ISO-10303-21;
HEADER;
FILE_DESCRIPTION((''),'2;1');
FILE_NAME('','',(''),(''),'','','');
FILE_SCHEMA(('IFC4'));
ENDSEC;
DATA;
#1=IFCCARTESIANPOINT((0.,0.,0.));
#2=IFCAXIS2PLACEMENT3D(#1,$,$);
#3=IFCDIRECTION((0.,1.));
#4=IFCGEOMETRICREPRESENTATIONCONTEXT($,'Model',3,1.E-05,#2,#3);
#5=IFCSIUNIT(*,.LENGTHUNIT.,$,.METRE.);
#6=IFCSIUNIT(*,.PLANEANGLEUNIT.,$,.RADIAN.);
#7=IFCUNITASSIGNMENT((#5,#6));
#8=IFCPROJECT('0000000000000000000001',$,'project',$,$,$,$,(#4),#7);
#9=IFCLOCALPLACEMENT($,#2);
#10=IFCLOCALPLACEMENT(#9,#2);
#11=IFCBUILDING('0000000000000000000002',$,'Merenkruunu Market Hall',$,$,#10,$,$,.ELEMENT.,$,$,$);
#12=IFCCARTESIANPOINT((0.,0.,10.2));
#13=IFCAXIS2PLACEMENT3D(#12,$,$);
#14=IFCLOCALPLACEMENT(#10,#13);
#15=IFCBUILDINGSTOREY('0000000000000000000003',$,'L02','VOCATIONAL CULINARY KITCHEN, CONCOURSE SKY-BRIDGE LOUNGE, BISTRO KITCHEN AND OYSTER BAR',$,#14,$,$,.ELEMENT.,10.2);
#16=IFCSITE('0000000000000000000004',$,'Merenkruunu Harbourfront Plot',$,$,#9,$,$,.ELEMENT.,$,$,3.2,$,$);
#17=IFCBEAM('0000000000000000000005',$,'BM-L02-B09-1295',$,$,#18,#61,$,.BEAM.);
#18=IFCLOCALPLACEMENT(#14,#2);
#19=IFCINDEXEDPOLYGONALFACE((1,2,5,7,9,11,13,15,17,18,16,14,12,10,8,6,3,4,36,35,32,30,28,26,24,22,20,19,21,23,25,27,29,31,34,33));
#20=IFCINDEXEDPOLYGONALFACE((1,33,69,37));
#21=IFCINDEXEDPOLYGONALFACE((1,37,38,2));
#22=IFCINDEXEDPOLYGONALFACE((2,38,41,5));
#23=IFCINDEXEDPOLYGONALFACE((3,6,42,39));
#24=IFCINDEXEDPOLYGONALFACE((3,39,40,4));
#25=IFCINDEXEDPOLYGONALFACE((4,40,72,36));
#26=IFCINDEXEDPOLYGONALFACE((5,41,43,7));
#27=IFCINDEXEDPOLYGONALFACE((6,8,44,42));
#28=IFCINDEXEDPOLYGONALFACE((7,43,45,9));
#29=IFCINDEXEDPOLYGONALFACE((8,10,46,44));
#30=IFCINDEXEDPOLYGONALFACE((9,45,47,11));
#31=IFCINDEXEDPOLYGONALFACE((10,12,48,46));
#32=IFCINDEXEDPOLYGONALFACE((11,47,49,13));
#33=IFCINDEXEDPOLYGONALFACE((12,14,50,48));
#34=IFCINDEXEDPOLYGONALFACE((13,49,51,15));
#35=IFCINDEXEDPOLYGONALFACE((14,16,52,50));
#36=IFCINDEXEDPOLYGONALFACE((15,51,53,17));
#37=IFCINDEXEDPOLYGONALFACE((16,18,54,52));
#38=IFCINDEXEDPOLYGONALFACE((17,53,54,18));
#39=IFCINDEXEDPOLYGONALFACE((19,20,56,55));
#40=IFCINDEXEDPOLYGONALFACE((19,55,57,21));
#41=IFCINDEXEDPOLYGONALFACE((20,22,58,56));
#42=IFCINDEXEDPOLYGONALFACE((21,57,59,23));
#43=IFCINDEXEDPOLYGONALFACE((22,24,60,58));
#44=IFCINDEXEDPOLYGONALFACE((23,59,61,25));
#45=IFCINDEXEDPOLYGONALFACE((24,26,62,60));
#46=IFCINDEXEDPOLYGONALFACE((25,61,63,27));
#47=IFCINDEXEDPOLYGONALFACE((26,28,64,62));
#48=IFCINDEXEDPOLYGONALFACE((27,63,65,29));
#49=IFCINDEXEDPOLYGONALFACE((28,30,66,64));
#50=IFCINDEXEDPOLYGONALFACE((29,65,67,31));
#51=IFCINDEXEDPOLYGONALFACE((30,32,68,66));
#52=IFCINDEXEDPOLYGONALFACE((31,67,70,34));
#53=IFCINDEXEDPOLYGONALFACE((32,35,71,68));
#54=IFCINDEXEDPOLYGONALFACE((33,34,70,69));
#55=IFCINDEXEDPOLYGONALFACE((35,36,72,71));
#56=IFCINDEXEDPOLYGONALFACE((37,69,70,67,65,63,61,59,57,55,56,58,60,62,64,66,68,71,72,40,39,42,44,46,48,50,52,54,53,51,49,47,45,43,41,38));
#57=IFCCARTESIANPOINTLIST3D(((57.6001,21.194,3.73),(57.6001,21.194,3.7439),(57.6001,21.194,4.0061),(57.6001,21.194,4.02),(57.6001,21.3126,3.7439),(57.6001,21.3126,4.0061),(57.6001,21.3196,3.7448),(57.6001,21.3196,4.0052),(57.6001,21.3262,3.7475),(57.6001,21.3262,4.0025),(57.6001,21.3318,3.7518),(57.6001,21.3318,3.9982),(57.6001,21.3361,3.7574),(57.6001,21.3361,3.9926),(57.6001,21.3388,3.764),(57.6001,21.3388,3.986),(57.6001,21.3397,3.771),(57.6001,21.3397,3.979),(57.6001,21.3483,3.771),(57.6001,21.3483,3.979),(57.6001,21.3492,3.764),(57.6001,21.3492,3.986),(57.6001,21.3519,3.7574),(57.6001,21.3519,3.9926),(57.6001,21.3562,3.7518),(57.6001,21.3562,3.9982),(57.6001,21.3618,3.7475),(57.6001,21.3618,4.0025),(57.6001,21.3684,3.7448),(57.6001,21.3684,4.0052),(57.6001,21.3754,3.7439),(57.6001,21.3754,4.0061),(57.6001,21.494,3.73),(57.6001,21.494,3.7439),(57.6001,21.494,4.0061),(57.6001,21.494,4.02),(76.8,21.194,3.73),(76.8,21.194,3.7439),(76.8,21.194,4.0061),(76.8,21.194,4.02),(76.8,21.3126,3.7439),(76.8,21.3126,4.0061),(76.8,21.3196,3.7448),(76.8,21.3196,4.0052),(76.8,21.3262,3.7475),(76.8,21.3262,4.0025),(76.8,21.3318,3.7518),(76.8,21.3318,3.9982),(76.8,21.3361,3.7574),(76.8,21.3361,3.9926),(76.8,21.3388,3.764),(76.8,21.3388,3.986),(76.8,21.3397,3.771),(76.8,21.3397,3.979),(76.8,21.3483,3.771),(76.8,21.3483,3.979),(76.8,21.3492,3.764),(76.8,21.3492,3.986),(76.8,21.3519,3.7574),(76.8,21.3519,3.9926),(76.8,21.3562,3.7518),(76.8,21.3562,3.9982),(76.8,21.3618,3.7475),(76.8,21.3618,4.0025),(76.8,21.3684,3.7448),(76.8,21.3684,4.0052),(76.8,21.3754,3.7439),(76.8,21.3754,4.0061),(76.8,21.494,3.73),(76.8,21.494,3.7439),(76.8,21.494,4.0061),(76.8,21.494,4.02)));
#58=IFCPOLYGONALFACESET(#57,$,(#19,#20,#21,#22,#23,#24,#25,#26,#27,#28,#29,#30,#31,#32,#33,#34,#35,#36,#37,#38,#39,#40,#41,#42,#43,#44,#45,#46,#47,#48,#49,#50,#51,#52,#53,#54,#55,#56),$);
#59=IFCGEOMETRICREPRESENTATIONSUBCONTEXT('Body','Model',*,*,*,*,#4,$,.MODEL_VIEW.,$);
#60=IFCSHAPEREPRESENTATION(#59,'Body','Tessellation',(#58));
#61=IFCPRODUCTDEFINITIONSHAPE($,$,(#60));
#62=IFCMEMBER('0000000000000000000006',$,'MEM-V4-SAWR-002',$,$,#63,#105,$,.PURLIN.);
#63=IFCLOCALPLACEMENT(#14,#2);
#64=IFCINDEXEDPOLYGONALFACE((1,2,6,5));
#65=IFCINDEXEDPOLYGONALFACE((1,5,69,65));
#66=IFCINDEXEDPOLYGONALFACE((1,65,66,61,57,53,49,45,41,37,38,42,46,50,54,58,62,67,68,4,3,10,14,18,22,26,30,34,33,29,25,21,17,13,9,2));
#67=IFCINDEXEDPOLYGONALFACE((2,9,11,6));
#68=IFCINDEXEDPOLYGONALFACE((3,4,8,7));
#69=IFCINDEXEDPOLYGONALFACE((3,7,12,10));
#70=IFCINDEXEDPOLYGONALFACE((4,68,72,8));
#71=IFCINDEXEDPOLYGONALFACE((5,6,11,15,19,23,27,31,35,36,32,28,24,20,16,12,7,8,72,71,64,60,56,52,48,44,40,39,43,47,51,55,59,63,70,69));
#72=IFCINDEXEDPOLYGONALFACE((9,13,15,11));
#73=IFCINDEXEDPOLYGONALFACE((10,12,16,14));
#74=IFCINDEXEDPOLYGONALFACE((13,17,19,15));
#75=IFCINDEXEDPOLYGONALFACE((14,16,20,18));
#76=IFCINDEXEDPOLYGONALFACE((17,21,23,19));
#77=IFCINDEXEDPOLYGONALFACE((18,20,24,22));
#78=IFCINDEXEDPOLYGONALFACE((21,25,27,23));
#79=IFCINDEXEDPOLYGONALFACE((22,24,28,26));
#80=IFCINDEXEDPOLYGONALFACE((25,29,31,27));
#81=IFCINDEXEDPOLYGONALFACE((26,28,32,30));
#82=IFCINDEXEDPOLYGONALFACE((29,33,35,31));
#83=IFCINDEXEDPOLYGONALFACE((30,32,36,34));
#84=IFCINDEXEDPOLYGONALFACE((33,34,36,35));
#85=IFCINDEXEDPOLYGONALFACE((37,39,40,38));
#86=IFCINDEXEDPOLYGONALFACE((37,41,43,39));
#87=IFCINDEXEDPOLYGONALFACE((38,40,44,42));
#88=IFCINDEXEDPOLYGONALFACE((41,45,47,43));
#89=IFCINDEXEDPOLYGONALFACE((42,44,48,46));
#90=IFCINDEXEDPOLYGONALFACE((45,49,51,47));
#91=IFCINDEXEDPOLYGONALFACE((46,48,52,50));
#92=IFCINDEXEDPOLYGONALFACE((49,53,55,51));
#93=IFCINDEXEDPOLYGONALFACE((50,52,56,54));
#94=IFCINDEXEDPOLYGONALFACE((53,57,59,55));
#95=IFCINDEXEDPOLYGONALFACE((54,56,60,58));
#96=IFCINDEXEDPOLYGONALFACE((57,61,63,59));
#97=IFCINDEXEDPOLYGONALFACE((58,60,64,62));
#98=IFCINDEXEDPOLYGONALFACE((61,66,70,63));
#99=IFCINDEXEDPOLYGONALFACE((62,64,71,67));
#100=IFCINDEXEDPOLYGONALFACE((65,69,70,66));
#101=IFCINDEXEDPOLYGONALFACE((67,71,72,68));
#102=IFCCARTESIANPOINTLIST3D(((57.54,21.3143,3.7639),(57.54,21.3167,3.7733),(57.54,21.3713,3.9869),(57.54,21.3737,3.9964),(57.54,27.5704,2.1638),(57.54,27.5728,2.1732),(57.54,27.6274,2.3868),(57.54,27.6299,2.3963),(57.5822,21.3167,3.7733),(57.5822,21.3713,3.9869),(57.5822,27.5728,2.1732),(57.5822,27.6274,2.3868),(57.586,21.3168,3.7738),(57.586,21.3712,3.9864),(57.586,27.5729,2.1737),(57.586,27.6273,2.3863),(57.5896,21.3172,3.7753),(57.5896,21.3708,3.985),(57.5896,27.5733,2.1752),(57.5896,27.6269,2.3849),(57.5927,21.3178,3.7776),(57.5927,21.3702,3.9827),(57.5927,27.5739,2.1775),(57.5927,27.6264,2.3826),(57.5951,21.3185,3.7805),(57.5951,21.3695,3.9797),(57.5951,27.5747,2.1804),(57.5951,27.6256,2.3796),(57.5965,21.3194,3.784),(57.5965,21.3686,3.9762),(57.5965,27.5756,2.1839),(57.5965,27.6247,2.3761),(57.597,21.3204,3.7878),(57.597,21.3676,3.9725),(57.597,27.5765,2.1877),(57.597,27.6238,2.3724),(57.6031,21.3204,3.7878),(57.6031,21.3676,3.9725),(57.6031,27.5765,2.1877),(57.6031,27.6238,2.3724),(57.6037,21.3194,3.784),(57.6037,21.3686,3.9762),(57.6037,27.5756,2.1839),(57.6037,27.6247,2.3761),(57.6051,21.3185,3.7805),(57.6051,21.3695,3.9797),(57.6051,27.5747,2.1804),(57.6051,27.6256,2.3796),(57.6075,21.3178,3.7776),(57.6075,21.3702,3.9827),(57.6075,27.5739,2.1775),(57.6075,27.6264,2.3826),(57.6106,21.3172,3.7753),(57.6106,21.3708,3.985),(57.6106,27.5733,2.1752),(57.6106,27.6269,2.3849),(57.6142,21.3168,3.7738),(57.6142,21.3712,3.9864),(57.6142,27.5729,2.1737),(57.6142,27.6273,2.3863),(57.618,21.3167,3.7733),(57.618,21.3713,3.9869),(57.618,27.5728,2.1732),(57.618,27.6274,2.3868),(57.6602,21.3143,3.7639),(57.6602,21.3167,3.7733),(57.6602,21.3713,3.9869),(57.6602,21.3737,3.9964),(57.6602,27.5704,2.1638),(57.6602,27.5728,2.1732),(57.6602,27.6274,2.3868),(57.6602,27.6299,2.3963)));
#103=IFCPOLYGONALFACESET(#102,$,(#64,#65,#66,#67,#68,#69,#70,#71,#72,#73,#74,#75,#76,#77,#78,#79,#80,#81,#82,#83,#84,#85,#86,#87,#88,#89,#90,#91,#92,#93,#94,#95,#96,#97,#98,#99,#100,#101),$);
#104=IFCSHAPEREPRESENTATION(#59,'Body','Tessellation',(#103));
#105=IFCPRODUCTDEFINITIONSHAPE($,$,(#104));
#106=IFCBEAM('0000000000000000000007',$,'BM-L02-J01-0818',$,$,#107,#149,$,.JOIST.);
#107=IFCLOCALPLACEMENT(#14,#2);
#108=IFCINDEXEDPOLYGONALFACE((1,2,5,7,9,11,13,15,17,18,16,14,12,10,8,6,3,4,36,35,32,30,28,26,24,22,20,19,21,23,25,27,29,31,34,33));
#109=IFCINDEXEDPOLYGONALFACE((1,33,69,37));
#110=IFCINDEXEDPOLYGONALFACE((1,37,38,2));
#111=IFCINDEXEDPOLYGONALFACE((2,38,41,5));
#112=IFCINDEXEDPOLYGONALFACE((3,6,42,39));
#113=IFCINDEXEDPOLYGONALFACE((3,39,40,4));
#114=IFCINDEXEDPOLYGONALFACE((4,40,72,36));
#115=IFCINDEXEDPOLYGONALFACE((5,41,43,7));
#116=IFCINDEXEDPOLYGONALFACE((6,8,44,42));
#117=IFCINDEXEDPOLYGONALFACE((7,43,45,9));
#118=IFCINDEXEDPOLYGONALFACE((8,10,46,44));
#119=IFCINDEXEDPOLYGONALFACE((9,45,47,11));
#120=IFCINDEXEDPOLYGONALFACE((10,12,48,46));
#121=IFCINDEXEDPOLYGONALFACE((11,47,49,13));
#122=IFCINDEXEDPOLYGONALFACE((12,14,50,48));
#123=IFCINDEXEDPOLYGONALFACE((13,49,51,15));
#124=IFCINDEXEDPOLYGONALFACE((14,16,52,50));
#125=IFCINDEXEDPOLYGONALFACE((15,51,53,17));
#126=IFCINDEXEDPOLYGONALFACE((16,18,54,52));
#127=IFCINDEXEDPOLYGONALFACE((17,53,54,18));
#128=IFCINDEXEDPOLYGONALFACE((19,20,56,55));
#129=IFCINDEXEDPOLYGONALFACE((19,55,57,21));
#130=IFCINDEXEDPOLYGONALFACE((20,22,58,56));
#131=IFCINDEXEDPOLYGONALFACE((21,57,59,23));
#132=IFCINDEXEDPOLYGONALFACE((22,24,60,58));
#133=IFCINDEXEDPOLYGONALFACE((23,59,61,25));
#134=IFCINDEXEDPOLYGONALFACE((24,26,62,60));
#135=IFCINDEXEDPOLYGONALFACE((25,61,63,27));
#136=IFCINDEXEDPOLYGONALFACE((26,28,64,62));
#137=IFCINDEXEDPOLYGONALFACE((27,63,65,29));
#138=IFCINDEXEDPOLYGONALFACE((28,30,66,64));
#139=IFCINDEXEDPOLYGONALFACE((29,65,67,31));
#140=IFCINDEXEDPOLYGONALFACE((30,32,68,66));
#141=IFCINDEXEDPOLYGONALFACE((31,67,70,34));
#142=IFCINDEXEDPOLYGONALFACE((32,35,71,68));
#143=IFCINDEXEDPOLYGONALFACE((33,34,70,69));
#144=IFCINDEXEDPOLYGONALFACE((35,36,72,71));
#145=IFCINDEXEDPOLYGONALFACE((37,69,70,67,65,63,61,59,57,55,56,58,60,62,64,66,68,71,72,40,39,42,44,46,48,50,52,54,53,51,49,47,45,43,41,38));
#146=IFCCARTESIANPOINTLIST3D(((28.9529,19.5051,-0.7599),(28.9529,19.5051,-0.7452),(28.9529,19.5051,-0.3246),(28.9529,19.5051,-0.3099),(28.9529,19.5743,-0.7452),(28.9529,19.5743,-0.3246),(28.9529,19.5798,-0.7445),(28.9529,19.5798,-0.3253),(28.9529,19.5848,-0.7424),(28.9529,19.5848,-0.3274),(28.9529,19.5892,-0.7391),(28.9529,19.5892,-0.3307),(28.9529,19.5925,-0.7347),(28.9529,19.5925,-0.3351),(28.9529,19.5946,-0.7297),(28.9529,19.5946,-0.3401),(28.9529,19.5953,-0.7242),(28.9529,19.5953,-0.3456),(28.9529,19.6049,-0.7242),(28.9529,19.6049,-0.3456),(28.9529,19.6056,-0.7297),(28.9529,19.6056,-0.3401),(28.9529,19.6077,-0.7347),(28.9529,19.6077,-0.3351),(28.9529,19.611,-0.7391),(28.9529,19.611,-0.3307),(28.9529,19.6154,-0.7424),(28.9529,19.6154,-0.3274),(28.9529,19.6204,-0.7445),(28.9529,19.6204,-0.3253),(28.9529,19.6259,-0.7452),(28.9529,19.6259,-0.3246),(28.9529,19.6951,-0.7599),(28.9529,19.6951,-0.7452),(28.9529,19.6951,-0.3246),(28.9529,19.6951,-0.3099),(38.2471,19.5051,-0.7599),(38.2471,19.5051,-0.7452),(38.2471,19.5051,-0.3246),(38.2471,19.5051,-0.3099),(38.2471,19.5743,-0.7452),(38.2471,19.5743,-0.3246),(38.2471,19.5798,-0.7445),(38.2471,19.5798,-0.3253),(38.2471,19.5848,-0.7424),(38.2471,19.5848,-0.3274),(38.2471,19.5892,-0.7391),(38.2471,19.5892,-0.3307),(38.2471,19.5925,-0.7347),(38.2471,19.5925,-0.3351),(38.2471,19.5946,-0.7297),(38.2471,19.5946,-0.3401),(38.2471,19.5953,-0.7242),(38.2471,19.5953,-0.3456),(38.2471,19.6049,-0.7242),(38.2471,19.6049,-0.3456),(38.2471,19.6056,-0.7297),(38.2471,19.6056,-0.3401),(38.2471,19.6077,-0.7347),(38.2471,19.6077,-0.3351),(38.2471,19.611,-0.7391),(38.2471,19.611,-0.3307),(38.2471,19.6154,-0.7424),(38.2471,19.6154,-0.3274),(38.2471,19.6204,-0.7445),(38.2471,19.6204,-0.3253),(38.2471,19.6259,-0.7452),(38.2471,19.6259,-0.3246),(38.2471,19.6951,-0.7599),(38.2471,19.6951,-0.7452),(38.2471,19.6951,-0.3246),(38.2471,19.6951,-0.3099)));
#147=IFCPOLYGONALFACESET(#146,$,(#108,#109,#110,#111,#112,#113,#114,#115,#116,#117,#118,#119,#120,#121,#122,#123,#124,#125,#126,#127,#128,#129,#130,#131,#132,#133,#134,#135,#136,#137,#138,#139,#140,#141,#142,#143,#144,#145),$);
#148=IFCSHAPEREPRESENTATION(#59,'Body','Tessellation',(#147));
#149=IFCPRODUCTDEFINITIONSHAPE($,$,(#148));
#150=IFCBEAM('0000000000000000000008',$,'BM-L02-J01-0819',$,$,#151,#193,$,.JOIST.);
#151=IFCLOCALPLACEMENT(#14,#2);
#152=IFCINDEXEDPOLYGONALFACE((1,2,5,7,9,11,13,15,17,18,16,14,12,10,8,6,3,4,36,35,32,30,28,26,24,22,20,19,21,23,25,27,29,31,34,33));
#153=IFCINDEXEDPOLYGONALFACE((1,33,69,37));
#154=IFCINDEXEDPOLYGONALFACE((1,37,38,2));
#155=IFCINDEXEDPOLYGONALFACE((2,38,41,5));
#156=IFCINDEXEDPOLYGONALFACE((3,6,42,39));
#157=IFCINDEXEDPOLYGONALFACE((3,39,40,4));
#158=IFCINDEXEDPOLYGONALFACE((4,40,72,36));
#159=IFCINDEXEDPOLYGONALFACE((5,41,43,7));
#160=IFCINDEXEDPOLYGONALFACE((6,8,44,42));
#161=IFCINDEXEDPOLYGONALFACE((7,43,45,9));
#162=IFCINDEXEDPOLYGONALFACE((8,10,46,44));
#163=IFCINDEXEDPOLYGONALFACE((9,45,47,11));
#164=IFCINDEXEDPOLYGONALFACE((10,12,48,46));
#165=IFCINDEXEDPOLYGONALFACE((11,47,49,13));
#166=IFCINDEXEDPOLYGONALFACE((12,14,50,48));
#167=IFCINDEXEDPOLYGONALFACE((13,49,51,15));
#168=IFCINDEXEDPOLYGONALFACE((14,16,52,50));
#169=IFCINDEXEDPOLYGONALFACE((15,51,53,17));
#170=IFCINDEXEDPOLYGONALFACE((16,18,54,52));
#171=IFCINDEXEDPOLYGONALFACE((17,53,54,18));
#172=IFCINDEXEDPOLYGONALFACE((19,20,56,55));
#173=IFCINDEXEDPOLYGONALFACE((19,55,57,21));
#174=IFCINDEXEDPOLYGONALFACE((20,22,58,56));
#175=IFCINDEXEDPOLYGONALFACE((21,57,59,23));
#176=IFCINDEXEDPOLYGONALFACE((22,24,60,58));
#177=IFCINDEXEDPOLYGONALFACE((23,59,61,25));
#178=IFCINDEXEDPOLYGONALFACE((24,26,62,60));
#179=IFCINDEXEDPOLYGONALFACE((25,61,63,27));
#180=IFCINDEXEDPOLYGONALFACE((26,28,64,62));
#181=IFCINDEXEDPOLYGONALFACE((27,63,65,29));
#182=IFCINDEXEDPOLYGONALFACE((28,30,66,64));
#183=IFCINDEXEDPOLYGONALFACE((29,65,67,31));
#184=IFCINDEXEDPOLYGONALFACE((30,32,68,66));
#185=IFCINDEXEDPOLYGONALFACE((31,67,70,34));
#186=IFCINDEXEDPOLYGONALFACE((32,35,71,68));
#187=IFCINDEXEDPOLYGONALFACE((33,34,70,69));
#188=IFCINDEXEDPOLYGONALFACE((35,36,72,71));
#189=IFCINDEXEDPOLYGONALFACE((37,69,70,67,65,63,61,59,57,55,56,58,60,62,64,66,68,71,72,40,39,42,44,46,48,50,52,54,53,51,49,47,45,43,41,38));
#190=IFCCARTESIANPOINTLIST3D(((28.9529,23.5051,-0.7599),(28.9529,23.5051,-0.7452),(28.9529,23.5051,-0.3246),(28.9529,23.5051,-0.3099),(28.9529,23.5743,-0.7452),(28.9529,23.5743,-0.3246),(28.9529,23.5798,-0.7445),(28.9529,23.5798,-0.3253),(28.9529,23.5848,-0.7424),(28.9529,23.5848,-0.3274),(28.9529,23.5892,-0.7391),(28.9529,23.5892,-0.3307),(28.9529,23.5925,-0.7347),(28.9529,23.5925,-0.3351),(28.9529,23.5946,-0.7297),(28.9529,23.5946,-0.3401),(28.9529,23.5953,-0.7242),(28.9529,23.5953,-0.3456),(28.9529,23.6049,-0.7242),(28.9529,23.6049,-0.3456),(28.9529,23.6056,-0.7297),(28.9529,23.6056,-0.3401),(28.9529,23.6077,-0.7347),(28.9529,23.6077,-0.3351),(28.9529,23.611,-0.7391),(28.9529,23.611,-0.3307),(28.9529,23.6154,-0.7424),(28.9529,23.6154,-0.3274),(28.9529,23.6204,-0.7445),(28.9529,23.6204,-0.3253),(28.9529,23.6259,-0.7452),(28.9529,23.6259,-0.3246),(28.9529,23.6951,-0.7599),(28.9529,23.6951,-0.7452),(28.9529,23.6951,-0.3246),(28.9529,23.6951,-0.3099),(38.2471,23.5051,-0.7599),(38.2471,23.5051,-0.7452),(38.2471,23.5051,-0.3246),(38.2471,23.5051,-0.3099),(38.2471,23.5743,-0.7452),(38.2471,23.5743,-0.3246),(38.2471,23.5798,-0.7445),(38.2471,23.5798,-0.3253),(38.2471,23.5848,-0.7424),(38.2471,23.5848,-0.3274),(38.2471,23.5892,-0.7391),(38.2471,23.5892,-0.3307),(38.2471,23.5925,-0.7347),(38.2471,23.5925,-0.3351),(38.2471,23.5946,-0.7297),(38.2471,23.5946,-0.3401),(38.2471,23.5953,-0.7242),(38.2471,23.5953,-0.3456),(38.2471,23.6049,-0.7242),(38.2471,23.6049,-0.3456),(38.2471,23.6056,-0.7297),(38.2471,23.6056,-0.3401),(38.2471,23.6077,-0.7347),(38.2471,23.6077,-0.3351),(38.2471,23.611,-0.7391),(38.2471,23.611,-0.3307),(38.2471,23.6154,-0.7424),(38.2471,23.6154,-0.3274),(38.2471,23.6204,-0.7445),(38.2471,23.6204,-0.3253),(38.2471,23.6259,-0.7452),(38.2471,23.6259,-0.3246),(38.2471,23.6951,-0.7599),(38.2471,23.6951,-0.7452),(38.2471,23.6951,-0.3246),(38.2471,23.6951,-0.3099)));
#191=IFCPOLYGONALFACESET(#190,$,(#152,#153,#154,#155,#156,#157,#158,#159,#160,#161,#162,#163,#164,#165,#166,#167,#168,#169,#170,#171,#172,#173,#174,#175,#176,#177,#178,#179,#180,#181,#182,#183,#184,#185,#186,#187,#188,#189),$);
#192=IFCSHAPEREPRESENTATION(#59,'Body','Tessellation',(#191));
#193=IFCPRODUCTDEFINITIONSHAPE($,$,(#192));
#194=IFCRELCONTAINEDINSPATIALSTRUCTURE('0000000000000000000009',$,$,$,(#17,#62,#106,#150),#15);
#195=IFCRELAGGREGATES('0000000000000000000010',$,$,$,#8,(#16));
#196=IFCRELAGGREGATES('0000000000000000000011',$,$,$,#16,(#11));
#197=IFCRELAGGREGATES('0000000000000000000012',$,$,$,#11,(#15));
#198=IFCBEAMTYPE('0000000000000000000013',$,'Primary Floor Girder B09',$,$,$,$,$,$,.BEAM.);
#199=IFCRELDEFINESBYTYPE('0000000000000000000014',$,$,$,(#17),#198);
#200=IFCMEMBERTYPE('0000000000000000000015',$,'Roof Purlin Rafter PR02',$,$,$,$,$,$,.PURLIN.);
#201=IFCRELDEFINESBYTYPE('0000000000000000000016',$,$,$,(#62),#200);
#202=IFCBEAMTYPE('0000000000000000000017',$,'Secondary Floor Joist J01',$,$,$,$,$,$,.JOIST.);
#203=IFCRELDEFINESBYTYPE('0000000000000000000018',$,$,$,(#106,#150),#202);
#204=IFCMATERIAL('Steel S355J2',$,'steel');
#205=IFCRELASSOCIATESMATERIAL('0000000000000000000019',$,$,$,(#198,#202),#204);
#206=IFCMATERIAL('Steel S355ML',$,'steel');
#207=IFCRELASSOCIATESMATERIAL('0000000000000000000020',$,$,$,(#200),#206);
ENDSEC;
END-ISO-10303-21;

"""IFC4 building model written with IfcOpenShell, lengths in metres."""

from ifc_helpers import new_model, si_unit, direction, frame, origin, origin_2d, place, context, subcontext, project, spatial, i_section, extrude, material, material_profile, profile_set, type_object, element, save


model = new_model("IFC4")

# Units and contexts
model_context = context("Model", 3, precision=1e-05, world=origin(), true_north=direction((0.0, 1.0)))
body_context = subcontext(model_context, "Body", "Model", "MODEL_VIEW")
ifc_project = project(units=[si_unit("LENGTHUNIT", "METRE"), si_unit("PLANEANGLEUNIT", "RADIAN")], contexts=[model_context])

# Site, building, storey
site_placement = place(None, origin())
site = spatial("IfcSite", under=ifc_project, at=site_placement, Name="Merenkruunu Harbourfront Plot", CompositionType="ELEMENT", RefElevation=3.2)
building_placement = place(site_placement, origin())
building = spatial("IfcBuilding", under=site, at=building_placement, Name="Merenkruunu Market Hall", CompositionType="ELEMENT")
storey_placement = place(building_placement, frame((0.0, 0.0, 10.2)))
storey = spatial("IfcBuildingStorey", under=building, at=storey_placement, Name="L02", Description="VOCATIONAL CULINARY KITCHEN, CONCOURSE SKY-BRIDGE LOUNGE, BISTRO KITCHEN AND OYSTER BAR", CompositionType="ELEMENT", Elevation=10.2)

# Shared definitions
ifc_material_1 = material(Name="Steel S355J2", Category="steel")

# Beam
ifc_material_profile_1 = material_profile(ifc_material_1, i_section(OverallWidth=0.3, OverallDepth=0.29, WebThickness=0.0085, FlangeThickness=0.0139, FilletRadius=0.0271, at=origin_2d()), Name="HEA 300")
ifc_profile_set_1 = profile_set([ifc_material_profile_1], Name="Steel S355J2")
beam_type_1 = type_object("IfcBeamType", Name="Primary Floor Girder B09", PredefinedType="BEAM", material=ifc_profile_set_1)
beam_1_placement = place(storey_placement, frame((57.6001, 21.344, 3.875), z_axis=(1.0, 0.0, 0.0), x_axis=(0.0, 1.0, 0.0)))
element("IfcBeam", 1, at=beam_1_placement, inside=storey, type_object=beam_type_1, Name="BM-L02-B09-1295", PredefinedType="BEAM", context=body_context, shape_type="SweptSolid", body=[
    extrude(i_section(OverallWidth=0.3, OverallDepth=0.29, WebThickness=0.0085, FlangeThickness=0.0139, FilletRadius=0.0271, at=origin_2d()), origin(), (0.0, 0.0, 1.0), 19.2),
])

# Member
ifc_material_2 = material(Name="Steel S355ML", Category="steel")
ifc_material_profile_2 = material_profile(ifc_material_2, i_section(OverallWidth=0.1201, OverallDepth=0.24, WebThickness=0.0061, FlangeThickness=0.0098, FilletRadius=0.0149, at=origin_2d()), Name="IPE 240")
ifc_profile_set_2 = profile_set([ifc_material_profile_2], Name="Steel S355ML")
member_type_1 = type_object("IfcMemberType", Name="Roof Purlin Rafter PR02", PredefinedType="PURLIN", material=ifc_profile_set_2)
member_1_placement = place(storey_placement, frame((57.6001, 21.344, 3.8801), z_axis=(0.0, 0.968814, -0.24779), x_axis=(-1.0, 0.0, 0.0)))
element("IfcMember", 2, at=member_1_placement, inside=storey, type_object=member_type_1, Name="MEM-V4-SAWR-002", PredefinedType="PURLIN", context=body_context, shape_type="SweptSolid", body=[
    extrude(i_section(OverallWidth=0.1201, OverallDepth=0.24, WebThickness=0.0061, FlangeThickness=0.0098, FilletRadius=0.0149, at=origin_2d()), origin(), (0.0, 0.0, 1.0), 6.4575),
])

# Beams
ifc_material_profile_3 = material_profile(ifc_material_1, i_section(OverallWidth=0.1899, OverallDepth=0.45, WebThickness=0.0095, FlangeThickness=0.0146, FilletRadius=0.021, at=origin_2d()), Name="IPE 450")
ifc_profile_set_3 = profile_set([ifc_material_profile_3], Name="Steel S355J2")
beam_type_2 = type_object("IfcBeamType", Name="Secondary Floor Joist J01", PredefinedType="JOIST", material=ifc_profile_set_3)
for number, where, z_axis, x_axis, name in (
    (3, (28.9529, 19.6001, -0.5349), (1.0, 0.0, 0.0), (0.0, 1.0, 0.0), "BM-L02-J01-0818"),
    (4, (28.9529, 23.6001, -0.5349), (1.0, 0.0, 0.0), (0.0, 1.0, 0.0), "BM-L02-J01-0819"),
):
    element("IfcBeam", number, at=place(storey_placement, frame(where, z_axis=z_axis, x_axis=x_axis)), inside=storey, type_object=beam_type_2, Name=name, PredefinedType="JOIST", context=body_context, shape_type="SweptSolid", body=[
        extrude(i_section(OverallWidth=0.1899, OverallDepth=0.45, WebThickness=0.0095, FlangeThickness=0.0146, FilletRadius=0.021, at=origin_2d()), origin(), (0.0, 0.0, 1.0), 9.2942),
    ])

save(model, "model.ifc")
